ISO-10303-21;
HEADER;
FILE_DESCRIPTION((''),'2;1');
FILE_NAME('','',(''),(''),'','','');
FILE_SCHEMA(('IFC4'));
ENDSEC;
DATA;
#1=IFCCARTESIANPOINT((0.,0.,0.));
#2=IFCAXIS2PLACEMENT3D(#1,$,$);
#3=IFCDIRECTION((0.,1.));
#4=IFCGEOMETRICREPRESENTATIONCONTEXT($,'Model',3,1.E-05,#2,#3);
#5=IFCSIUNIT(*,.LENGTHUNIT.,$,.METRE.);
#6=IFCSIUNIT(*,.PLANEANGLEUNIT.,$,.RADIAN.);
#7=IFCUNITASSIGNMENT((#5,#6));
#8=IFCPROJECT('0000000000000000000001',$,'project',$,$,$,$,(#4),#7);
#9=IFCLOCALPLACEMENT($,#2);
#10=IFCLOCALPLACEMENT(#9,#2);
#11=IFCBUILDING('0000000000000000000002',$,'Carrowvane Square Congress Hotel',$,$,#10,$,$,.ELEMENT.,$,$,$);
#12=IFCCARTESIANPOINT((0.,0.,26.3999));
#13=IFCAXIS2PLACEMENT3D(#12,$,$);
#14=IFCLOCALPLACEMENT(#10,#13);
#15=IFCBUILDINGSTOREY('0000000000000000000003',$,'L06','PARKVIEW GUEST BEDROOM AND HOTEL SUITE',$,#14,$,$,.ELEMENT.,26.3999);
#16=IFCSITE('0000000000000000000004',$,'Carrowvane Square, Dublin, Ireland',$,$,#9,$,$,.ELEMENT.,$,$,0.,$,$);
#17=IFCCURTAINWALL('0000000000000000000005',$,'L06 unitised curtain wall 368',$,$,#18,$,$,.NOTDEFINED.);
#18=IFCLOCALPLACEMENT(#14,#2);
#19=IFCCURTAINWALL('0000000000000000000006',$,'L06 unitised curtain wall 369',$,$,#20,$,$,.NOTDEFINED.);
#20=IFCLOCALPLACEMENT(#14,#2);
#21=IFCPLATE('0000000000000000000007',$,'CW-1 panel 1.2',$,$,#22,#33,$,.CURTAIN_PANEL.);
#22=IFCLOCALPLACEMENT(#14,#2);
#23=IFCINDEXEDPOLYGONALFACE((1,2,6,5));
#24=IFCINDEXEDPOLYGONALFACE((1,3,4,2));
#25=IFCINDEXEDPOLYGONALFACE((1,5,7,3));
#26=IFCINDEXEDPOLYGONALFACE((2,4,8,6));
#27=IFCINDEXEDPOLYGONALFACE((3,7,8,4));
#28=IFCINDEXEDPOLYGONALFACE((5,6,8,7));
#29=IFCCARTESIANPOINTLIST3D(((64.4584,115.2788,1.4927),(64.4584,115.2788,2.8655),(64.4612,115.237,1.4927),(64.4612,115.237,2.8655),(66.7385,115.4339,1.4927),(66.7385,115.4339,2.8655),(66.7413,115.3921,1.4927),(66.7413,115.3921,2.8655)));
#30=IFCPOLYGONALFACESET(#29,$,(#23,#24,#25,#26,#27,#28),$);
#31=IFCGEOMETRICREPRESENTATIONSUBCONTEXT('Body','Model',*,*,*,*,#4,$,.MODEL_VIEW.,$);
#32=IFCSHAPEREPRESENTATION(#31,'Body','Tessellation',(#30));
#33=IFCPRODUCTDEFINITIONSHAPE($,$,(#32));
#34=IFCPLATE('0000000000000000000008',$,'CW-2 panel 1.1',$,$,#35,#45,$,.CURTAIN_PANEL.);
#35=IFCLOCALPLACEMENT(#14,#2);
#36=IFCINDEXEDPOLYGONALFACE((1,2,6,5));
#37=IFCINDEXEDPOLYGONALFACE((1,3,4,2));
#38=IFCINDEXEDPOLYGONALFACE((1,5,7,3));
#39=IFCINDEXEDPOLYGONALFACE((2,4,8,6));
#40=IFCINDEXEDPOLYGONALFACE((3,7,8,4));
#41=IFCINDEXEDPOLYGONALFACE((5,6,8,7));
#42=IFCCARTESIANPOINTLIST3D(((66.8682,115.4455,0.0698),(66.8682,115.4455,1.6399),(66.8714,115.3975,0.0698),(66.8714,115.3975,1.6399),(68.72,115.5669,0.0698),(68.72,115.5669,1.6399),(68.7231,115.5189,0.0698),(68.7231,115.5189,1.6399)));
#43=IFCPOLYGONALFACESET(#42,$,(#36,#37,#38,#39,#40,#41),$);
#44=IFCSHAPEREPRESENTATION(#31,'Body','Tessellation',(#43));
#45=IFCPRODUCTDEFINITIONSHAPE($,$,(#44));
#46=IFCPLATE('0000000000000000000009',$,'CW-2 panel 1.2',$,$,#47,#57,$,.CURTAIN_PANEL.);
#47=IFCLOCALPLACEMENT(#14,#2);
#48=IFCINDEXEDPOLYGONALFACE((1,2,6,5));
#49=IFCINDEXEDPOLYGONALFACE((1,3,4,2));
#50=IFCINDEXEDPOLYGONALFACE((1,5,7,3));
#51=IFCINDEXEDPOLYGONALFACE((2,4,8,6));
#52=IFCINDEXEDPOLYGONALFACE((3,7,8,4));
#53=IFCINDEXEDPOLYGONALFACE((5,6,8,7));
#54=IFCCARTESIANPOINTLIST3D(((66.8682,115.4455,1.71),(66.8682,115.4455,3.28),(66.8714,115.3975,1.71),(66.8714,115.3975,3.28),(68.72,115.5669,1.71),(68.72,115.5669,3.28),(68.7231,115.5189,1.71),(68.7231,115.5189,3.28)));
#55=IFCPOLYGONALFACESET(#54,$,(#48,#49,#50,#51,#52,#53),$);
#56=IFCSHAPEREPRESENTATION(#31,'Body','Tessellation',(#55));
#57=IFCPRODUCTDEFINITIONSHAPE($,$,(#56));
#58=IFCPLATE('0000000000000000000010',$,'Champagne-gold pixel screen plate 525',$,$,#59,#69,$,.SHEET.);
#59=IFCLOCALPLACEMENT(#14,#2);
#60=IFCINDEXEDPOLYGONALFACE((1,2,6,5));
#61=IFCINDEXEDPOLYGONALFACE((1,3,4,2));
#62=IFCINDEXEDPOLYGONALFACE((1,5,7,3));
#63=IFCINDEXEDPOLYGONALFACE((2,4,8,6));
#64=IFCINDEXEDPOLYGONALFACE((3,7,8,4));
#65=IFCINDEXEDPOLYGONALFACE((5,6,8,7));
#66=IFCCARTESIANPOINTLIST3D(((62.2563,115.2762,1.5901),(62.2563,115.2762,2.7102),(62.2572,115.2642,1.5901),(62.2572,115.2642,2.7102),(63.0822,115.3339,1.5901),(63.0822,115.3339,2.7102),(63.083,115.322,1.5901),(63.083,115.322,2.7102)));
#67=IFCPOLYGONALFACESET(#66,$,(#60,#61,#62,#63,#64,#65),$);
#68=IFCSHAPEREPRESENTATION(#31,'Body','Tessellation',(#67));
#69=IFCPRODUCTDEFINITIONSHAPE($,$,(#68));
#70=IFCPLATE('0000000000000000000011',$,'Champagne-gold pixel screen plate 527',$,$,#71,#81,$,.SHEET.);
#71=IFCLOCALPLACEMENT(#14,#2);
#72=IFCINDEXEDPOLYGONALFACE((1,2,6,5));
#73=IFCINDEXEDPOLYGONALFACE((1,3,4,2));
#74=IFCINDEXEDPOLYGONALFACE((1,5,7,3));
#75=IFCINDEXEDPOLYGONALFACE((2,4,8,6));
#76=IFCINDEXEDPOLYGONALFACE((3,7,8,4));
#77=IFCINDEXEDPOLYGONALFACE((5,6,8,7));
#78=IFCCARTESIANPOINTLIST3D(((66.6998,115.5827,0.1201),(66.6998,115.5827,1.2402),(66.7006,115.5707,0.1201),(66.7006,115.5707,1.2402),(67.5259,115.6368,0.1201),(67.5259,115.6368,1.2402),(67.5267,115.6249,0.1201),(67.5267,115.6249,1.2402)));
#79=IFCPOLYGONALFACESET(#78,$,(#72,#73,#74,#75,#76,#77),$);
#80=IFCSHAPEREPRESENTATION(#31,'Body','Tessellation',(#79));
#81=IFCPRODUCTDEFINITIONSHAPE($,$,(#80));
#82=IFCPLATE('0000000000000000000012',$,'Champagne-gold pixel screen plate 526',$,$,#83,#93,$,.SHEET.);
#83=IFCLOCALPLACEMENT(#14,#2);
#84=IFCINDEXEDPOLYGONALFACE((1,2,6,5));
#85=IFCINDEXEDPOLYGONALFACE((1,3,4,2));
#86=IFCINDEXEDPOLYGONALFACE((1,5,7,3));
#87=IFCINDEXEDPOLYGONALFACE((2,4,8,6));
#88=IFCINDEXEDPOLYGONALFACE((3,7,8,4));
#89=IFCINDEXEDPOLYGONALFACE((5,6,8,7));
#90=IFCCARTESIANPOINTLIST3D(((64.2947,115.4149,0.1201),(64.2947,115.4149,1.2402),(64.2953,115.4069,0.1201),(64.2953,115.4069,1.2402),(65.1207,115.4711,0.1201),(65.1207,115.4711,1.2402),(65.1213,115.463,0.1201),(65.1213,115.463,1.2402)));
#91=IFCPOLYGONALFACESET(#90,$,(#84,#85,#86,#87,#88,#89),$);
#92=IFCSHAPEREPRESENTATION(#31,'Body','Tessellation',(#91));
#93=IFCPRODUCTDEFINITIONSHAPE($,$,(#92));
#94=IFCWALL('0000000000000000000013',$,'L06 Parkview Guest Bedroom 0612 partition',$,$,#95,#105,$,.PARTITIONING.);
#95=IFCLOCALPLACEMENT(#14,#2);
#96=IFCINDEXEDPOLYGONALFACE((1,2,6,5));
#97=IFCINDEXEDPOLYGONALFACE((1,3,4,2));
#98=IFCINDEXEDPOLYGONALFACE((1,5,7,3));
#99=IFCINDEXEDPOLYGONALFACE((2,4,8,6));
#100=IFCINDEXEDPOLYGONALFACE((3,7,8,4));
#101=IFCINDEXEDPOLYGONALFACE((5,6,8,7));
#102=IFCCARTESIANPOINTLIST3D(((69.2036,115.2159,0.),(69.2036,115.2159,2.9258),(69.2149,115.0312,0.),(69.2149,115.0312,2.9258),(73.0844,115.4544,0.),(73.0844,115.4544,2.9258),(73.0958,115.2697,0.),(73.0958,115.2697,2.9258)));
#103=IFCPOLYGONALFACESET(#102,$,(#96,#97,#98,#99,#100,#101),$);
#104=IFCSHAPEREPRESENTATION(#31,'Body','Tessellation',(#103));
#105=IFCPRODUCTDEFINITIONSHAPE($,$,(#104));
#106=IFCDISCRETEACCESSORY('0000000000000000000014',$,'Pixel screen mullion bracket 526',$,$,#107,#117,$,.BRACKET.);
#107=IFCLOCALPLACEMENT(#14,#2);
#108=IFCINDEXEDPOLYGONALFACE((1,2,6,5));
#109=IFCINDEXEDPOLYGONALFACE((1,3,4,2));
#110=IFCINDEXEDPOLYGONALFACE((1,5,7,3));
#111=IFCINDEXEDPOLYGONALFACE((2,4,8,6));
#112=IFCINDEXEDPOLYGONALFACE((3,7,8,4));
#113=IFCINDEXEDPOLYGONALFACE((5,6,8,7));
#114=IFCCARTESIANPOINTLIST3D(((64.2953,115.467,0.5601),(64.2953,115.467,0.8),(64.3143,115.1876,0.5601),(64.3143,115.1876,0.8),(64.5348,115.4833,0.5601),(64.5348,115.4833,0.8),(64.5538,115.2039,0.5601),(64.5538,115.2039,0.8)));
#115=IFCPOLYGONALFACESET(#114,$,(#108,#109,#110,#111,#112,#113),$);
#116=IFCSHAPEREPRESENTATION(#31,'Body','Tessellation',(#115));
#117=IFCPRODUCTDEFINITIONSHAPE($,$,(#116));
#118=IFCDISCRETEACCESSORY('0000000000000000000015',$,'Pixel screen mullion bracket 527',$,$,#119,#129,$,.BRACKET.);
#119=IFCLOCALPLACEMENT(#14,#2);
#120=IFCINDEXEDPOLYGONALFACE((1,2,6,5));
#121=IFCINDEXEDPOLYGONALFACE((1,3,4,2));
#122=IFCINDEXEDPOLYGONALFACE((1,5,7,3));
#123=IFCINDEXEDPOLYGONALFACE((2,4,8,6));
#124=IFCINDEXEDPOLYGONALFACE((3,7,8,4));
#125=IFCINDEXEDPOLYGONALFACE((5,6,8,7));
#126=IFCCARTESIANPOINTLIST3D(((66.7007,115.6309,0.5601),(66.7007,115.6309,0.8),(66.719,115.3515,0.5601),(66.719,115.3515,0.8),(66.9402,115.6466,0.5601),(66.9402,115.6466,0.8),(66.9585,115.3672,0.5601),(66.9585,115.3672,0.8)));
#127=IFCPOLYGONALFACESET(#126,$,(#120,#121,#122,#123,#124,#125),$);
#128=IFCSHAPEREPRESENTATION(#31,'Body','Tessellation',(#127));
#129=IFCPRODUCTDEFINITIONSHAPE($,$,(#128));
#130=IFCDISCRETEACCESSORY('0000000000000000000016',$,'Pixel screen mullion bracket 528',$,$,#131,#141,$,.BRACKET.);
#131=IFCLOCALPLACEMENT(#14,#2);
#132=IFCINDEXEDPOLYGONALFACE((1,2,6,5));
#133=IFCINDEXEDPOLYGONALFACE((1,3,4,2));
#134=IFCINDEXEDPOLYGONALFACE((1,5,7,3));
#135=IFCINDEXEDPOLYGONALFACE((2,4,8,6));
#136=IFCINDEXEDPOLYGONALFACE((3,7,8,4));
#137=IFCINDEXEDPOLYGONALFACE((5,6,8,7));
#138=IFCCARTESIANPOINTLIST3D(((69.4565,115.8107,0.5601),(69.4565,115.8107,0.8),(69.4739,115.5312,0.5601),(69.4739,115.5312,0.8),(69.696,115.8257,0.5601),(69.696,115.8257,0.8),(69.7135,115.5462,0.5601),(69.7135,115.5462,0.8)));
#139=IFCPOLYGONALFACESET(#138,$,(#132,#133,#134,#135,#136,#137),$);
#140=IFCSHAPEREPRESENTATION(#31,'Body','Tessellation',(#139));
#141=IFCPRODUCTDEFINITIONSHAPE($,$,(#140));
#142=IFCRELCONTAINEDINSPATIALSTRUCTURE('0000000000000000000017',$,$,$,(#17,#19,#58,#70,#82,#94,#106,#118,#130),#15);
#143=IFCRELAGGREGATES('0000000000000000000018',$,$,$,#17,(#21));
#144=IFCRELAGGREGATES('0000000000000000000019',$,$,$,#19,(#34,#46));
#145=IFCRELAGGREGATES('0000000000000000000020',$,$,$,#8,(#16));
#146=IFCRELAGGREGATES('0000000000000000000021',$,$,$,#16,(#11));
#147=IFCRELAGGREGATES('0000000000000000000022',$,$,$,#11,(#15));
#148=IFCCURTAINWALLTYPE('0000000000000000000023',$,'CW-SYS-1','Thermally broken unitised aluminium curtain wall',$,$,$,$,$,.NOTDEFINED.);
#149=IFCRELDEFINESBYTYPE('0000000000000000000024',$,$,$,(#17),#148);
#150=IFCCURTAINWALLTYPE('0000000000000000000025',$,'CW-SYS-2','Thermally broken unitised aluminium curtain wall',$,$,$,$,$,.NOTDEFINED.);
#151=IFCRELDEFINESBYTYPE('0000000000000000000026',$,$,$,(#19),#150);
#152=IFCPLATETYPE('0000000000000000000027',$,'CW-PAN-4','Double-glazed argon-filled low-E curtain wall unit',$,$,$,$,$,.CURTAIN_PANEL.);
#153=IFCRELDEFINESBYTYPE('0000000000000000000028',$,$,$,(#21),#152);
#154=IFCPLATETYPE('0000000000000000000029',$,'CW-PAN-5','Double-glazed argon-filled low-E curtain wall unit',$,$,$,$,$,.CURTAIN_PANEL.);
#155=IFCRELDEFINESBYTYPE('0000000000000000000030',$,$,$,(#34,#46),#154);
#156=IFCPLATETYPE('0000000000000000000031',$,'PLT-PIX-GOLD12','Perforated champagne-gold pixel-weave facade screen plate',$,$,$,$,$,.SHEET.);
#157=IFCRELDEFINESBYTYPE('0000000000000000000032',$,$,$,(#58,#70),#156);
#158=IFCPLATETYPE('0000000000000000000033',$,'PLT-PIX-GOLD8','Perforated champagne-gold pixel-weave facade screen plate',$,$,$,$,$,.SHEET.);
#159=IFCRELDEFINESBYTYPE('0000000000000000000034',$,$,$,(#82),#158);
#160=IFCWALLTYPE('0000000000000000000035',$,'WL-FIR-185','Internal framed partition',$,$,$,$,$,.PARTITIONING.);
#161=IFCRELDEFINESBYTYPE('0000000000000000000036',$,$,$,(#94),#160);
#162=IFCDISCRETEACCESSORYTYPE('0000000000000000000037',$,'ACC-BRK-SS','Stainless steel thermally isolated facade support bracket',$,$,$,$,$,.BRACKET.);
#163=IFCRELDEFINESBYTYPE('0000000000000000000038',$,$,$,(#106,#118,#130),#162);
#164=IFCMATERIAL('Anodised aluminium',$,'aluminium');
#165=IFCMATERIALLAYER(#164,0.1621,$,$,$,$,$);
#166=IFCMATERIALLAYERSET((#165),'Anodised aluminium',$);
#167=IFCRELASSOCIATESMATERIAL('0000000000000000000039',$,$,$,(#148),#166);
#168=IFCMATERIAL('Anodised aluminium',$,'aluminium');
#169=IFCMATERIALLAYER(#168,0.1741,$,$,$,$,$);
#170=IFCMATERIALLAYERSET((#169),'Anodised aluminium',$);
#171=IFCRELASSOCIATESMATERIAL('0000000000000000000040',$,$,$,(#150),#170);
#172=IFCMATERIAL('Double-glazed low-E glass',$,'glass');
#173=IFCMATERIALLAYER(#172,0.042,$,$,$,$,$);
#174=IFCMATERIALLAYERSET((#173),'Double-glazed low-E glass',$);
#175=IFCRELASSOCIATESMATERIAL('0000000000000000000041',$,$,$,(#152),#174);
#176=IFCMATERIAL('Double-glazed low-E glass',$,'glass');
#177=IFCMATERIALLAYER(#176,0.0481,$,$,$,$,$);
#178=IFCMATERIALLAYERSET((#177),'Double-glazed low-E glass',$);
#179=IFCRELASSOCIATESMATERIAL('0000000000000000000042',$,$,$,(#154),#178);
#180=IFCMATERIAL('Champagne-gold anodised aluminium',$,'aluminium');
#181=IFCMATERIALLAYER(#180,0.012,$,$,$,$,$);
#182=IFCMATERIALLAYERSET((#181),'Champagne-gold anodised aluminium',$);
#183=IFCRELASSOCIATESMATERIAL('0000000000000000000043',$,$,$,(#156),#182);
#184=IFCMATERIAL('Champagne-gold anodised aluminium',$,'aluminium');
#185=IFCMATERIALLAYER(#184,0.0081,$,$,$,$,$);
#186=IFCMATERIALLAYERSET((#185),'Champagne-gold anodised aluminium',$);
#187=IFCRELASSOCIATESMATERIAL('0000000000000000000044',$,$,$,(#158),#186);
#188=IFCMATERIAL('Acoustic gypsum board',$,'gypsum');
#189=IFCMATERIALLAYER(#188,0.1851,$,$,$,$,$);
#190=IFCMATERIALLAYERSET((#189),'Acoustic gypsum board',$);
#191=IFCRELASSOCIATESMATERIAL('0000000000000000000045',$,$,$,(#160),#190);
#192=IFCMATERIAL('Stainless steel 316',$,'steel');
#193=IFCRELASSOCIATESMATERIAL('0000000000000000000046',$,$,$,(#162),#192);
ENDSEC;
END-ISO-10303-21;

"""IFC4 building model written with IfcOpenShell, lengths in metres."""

from ifc_helpers import new_model, si_unit, direction, frame, frame_2d, origin, origin_2d, place, context, subcontext, project, spatial, rectangle, extrude, material, layer, layer_set, type_object, element, aggregate, save


model = new_model("IFC4")

# Units and contexts
model_context = context("Model", 3, precision=1e-05, world=origin(), true_north=direction((0.0, 1.0)))
body_context = subcontext(model_context, "Body", "Model", "MODEL_VIEW")
ifc_project = project(units=[si_unit("LENGTHUNIT", "METRE"), si_unit("PLANEANGLEUNIT", "RADIAN")], contexts=[model_context])

# Site, building, storey
site_placement = place(None, origin())
site = spatial("IfcSite", under=ifc_project, at=site_placement, Name="Carrowvane Square, Dublin, Ireland", CompositionType="ELEMENT", RefElevation=0.0)
building_placement = place(site_placement, origin())
building = spatial("IfcBuilding", under=site, at=building_placement, Name="Carrowvane Square Congress Hotel", CompositionType="ELEMENT")
storey_placement = place(building_placement, frame((0.0, 0.0, 26.3999)))
storey = spatial("IfcBuildingStorey", under=building, at=storey_placement, Name="L06", Description="PARKVIEW GUEST BEDROOM AND HOTEL SUITE", CompositionType="ELEMENT", Elevation=26.3999)

# Curtain wall
ifc_material_1 = material(Name="Anodised aluminium", Category="aluminium")
ifc_layer_1 = layer(ifc_material_1, 0.1621)
ifc_layer_set_1 = layer_set([ifc_layer_1], Name="Anodised aluminium")
curtain_wall_type_1 = type_object("IfcCurtainWallType", Name="CW-SYS-1", Description="Thermally broken unitised aluminium curtain wall", PredefinedType="NOTDEFINED", material=ifc_layer_set_1)
curtain_wall_1_placement = place(storey_placement, origin())
curtain_wall_1 = element("IfcCurtainWall", 1, at=curtain_wall_1_placement, inside=storey, type_object=curtain_wall_type_1, Name="L06 unitised curtain wall 368", PredefinedType="NOTDEFINED")

# Curtain wall
ifc_material_2 = material(Name="Anodised aluminium", Category="aluminium")
ifc_layer_2 = layer(ifc_material_2, 0.1741)
ifc_layer_set_2 = layer_set([ifc_layer_2], Name="Anodised aluminium")
curtain_wall_type_2 = type_object("IfcCurtainWallType", Name="CW-SYS-2", Description="Thermally broken unitised aluminium curtain wall", PredefinedType="NOTDEFINED", material=ifc_layer_set_2)
curtain_wall_2_placement = place(storey_placement, origin())
curtain_wall_2 = element("IfcCurtainWall", 2, at=curtain_wall_2_placement, inside=storey, type_object=curtain_wall_type_2, Name="L06 unitised curtain wall 369", PredefinedType="NOTDEFINED")

# Plates
ifc_material_3 = material(Name="Double-glazed low-E glass", Category="glass")
ifc_layer_3 = layer(ifc_material_3, 0.042)
ifc_layer_set_3 = layer_set([ifc_layer_3], Name="Double-glazed low-E glass")
plate_type_1 = type_object("IfcPlateType", Name="CW-PAN-4", Description="Double-glazed argon-filled low-E curtain wall unit", PredefinedType="CURTAIN_PANEL", material=ifc_layer_set_3)
plate_1_placement = place(storey_placement, frame((65.5999, 115.3354, 1.4927), z_axis=(0.0, 0.0, 1.0), x_axis=(0.997694, 0.067865, 0.0)))
plate_1 = element("IfcPlate", 3, at=plate_1_placement, type_object=plate_type_1, Name="CW-1 panel 1.2", PredefinedType="CURTAIN_PANEL", context=body_context, shape_type="SweptSolid", body=[
    extrude(rectangle(XDim=2.2854, YDim=0.042, at=origin_2d()), origin(), (0.0, 0.0, 1.0), 1.3728),
])
aggregate(curtain_wall_1, [plate_1])
ifc_material_4 = material(Name="Double-glazed low-E glass", Category="glass")
ifc_layer_4 = layer(ifc_material_4, 0.0481)
ifc_layer_set_4 = layer_set([ifc_layer_4], Name="Double-glazed low-E glass")
plate_type_2 = type_object("IfcPlateType", Name="CW-PAN-5", Description="Double-glazed argon-filled low-E curtain wall unit", PredefinedType="CURTAIN_PANEL", material=ifc_layer_set_4)
plate_2_placement = place(storey_placement, frame((67.7957, 115.4822, 0.0698), z_axis=(0.0, 0.0, 1.0), x_axis=(0.997858, 0.065412, 0.0)))
plate_2 = element("IfcPlate", 4, at=plate_2_placement, type_object=plate_type_2, Name="CW-2 panel 1.1", PredefinedType="CURTAIN_PANEL", context=body_context, shape_type="SweptSolid", body=[
    extrude(rectangle(XDim=1.8557, YDim=0.0481, at=origin_2d()), origin(), (0.0, 0.0, 1.0), 1.5701),
])
plate_3_placement = place(storey_placement, frame((67.7957, 115.4822, 1.71), z_axis=(0.0, 0.0, 1.0), x_axis=(0.997858, 0.065412, 0.0)))
plate_3 = element("IfcPlate", 5, at=plate_3_placement, type_object=plate_type_2, Name="CW-2 panel 1.2", PredefinedType="CURTAIN_PANEL", context=body_context, shape_type="SweptSolid", body=[
    extrude(rectangle(XDim=1.8557, YDim=0.0481, at=origin_2d()), origin(), (0.0, 0.0, 1.0), 1.5701),
])
aggregate(curtain_wall_2, [plate_2, plate_3])

# Plates
ifc_material_5 = material(Name="Champagne-gold anodised aluminium", Category="aluminium")
ifc_layer_5 = layer(ifc_material_5, 0.012)
ifc_layer_set_5 = layer_set([ifc_layer_5], Name="Champagne-gold anodised aluminium")
plate_type_3 = type_object("IfcPlateType", Name="PLT-PIX-GOLD12", Description="Perforated champagne-gold pixel-weave facade screen plate", PredefinedType="SHEET", material=ifc_layer_set_5)
for number, where, z_axis, x_axis, name in (
    (6, (62.6697, 115.2991, 1.5901), (0.0, 0.0, 1.0), (0.997566, 0.069725, 0.0), "Champagne-gold pixel screen plate 525"),
    (7, (67.1133, 115.6038, 0.1201), (0.0, 0.0, 1.0), (0.997858, 0.065413, 0.0), "Champagne-gold pixel screen plate 527"),
):
    element("IfcPlate", number, at=place(storey_placement, frame(where, z_axis=z_axis, x_axis=x_axis)), inside=storey, type_object=plate_type_3, Name=name, PredefinedType="SHEET", context=body_context, shape_type="SweptSolid", body=[
        extrude(rectangle(XDim=0.8279, YDim=0.012, at=origin_2d()), origin(), (0.0, 0.0, 1.0), 1.1201),
    ])
ifc_material_6 = material(Name="Champagne-gold anodised aluminium", Category="aluminium")
ifc_layer_6 = layer(ifc_material_6, 0.0081)
ifc_layer_set_6 = layer_set([ifc_layer_6], Name="Champagne-gold anodised aluminium")
plate_type_4 = type_object("IfcPlateType", Name="PLT-PIX-GOLD8", Description="Perforated champagne-gold pixel-weave facade screen plate", PredefinedType="SHEET", material=ifc_layer_set_6)
plate_4_placement = place(storey_placement, frame((64.708, 115.439, 0.1201), z_axis=(0.0, 0.0, 1.0), x_axis=(0.997694, 0.067866, 0.0)))
element("IfcPlate", 8, at=plate_4_placement, inside=storey, type_object=plate_type_4, Name="Champagne-gold pixel screen plate 526", PredefinedType="SHEET", context=body_context, shape_type="SweptSolid", body=[
    extrude(rectangle(XDim=0.8279, YDim=0.0081, at=origin_2d()), origin(), (0.0, 0.0, 1.0), 1.1201),
])

# Wall
ifc_material_7 = material(Name="Acoustic gypsum board", Category="gypsum")
ifc_layer_7 = layer(ifc_material_7, 0.1851)
ifc_layer_set_7 = layer_set([ifc_layer_7], Name="Acoustic gypsum board")
wall_type = type_object("IfcWallType", Name="WL-FIR-185", Description="Internal framed partition", PredefinedType="PARTITIONING", material=ifc_layer_set_7)
wall_placement = place(storey_placement, frame((69.2092, 115.1235, 0.0), z_axis=(0.0, 0.0, 1.0), x_axis=(0.998117, 0.061346, 0.0)))
element("IfcWall", 9, at=wall_placement, inside=storey, type_object=wall_type, Name="L06 Parkview Guest Bedroom 0612 partition", PredefinedType="PARTITIONING", context=body_context, shape_type="SweptSolid", body=[
    extrude(rectangle(XDim=3.8882, YDim=0.1851, at=frame_2d((1.9441, 0.0))), origin(), (0.0, 0.0, 1.0), 2.9258),
])

# Discrete accessories
ifc_material_8 = material(Name="Stainless steel 316", Category="steel")
discrete_accessory_type = type_object("IfcDiscreteAccessoryType", Name="ACC-BRK-SS", Description="Stainless steel thermally isolated facade support bracket", PredefinedType="BRACKET", material=ifc_material_8)
for number, where, z_axis, x_axis, name in (
    (10, (64.4246, 115.3354, 0.5601), (0.0, 0.0, 1.0), (0.997694, 0.067866, 0.0), "Pixel screen mullion bracket 526"),
    (11, (66.8296, 115.499, 0.5601), (0.0, 0.0, 1.0), (0.997858, 0.065413, 0.0), "Pixel screen mullion bracket 527"),
    (12, (69.585, 115.6785, 0.5601), (0.0, 0.0, 1.0), (0.998051, 0.062397, 0.0), "Pixel screen mullion bracket 528"),
):
    element("IfcDiscreteAccessory", number, at=place(storey_placement, frame(where, z_axis=z_axis, x_axis=x_axis)), inside=storey, type_object=discrete_accessory_type, Name=name, PredefinedType="BRACKET", context=body_context, shape_type="SweptSolid", body=[
        extrude(rectangle(XDim=0.24, YDim=0.28, at=origin_2d()), origin(), (0.0, 0.0, 1.0), 0.24),
    ])

save(model, "model.ifc")
